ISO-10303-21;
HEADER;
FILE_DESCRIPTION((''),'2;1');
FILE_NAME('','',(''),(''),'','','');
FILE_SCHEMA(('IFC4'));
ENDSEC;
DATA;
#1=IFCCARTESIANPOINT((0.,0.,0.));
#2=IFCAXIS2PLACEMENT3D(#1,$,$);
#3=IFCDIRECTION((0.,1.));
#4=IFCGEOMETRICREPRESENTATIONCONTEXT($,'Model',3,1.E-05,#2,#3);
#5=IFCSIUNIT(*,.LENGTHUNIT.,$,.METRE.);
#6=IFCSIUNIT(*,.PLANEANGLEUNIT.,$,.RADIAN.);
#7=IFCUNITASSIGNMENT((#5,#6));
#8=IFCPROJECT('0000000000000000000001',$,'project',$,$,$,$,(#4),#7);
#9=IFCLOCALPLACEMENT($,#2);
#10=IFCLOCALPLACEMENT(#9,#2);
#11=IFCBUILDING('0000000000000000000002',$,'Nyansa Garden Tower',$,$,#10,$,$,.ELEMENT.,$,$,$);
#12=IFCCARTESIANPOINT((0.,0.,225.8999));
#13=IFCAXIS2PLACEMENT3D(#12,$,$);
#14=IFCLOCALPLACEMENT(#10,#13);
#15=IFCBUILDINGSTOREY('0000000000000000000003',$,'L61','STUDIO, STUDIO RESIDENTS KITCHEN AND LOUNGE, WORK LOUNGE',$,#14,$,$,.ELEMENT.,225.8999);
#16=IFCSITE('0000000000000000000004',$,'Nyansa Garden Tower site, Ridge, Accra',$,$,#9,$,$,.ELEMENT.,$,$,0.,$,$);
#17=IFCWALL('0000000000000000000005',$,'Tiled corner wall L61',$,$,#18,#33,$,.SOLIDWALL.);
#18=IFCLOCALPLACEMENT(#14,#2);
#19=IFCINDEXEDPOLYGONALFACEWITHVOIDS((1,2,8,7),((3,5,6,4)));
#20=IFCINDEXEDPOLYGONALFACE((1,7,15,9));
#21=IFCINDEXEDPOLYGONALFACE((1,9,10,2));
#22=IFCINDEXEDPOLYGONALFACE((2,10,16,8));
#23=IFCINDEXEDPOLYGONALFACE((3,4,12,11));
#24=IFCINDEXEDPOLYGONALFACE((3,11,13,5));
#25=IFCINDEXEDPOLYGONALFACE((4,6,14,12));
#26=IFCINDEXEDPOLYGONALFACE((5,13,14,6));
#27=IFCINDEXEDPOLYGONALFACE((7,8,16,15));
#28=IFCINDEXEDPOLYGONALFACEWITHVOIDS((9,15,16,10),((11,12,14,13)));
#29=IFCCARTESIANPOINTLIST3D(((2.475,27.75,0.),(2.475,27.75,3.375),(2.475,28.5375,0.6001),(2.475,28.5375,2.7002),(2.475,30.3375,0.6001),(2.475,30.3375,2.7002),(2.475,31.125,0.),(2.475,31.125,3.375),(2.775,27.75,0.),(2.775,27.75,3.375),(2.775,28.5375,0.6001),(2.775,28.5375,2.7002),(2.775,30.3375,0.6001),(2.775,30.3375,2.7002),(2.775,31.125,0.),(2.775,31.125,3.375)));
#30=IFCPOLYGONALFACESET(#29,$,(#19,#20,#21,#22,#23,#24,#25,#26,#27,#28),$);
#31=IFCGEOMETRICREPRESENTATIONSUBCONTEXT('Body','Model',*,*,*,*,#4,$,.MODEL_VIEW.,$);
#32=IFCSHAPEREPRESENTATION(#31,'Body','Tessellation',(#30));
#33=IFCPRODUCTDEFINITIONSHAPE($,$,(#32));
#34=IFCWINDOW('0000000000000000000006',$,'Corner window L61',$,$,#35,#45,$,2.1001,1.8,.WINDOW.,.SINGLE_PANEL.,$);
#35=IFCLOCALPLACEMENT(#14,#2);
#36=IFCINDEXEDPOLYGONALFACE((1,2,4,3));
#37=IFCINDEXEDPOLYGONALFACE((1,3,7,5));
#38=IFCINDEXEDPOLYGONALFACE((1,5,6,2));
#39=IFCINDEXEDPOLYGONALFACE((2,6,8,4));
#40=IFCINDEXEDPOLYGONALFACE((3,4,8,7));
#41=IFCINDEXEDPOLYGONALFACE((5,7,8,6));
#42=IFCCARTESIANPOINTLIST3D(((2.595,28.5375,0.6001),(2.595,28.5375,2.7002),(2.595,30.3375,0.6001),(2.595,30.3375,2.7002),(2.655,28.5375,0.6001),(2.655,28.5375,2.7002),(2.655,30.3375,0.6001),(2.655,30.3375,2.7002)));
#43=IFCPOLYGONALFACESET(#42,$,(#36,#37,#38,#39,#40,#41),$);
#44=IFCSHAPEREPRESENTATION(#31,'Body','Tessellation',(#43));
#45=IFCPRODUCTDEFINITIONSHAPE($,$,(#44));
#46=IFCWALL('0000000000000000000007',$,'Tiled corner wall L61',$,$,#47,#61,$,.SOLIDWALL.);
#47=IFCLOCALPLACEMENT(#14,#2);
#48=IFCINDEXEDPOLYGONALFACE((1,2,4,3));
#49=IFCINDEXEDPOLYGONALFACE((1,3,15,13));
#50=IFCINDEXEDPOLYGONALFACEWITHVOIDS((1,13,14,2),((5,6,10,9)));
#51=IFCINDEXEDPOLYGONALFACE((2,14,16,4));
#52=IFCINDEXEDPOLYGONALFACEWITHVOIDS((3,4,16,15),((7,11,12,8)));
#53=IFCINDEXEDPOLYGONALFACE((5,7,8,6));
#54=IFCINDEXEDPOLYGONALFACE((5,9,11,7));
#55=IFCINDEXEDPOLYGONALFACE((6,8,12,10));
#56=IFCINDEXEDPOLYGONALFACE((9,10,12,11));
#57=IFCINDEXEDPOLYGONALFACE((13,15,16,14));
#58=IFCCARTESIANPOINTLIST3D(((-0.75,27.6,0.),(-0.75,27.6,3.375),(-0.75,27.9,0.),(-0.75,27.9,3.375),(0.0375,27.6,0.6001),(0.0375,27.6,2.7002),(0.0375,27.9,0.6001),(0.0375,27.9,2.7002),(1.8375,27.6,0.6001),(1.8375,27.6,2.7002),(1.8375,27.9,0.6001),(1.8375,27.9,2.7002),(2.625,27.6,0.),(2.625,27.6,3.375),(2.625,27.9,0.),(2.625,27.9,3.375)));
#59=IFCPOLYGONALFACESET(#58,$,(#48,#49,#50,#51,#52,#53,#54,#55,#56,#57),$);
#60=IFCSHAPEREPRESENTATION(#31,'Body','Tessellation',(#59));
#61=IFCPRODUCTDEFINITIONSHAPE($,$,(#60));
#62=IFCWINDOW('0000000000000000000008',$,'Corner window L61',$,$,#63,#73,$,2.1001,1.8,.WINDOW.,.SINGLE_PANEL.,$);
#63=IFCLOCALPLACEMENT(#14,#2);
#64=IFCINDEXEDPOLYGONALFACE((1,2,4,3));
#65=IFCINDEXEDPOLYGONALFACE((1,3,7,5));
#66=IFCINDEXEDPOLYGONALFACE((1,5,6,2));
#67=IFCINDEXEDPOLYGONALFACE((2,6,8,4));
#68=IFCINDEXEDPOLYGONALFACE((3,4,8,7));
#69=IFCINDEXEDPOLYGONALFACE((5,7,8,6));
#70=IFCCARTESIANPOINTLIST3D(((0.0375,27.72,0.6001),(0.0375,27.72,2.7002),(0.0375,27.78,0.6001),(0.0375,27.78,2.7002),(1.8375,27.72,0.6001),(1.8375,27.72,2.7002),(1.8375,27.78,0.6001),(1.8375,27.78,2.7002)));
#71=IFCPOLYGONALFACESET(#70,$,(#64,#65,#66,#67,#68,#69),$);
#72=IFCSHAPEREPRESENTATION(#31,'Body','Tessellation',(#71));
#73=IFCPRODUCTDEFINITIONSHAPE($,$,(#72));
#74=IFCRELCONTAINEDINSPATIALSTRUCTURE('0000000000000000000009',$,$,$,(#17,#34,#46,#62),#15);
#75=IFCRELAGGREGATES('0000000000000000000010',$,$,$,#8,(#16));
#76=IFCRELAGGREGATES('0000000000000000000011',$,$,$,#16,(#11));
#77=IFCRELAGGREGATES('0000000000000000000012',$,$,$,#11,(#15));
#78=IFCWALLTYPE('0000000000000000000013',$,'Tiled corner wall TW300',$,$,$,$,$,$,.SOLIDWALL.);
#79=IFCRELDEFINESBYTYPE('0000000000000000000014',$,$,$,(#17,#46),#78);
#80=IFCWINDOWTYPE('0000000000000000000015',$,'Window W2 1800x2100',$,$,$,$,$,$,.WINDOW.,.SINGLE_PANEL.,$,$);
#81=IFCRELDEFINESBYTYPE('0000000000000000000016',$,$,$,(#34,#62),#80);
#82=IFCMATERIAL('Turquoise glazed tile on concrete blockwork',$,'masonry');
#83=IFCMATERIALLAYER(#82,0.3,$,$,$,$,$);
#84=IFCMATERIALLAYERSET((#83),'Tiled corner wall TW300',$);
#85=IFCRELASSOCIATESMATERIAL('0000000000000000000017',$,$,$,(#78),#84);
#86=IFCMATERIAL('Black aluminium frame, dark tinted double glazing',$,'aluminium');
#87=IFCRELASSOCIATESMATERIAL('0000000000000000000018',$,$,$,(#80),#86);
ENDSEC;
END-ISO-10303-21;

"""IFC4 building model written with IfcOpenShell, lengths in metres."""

from ifc_helpers import new_model, si_unit, direction, frame, frame_2d, origin, place, context, subcontext, project, spatial, rectangle, extrude, material, layer, layer_set, type_object, element, fill, save


model = new_model("IFC4")

# Units and contexts
model_context = context("Model", 3, precision=1e-05, world=origin(), true_north=direction((0.0, 1.0)))
body_context = subcontext(model_context, "Body", "Model", "MODEL_VIEW")
ifc_project = project(units=[si_unit("LENGTHUNIT", "METRE"), si_unit("PLANEANGLEUNIT", "RADIAN")], contexts=[model_context])

# Site, building, storey
site_placement = place(None, origin())
site = spatial("IfcSite", under=ifc_project, at=site_placement, Name="Nyansa Garden Tower site, Ridge, Accra", CompositionType="ELEMENT", RefElevation=0.0)
building_placement = place(site_placement, origin())
building = spatial("IfcBuilding", under=site, at=building_placement, Name="Nyansa Garden Tower", CompositionType="ELEMENT")
storey_placement = place(building_placement, frame((0.0, 0.0, 225.8999)))
storey = spatial("IfcBuildingStorey", under=building, at=storey_placement, Name="L61", Description="STUDIO, STUDIO RESIDENTS KITCHEN AND LOUNGE, WORK LOUNGE", CompositionType="ELEMENT", Elevation=225.8999)

# Walls, openings, windows
ifc_material_1 = material(Name="Turquoise glazed tile on concrete blockwork", Category="masonry")
ifc_layer_1 = layer(ifc_material_1, 0.3)
ifc_layer_set_1 = layer_set([ifc_layer_1], Name="Tiled corner wall TW300")
wall_type_1 = type_object("IfcWallType", Name="Tiled corner wall TW300", PredefinedType="SOLIDWALL", material=ifc_layer_set_1)
ifc_material_2 = material(Name="Black aluminium frame, dark tinted double glazing", Category="aluminium")
window_type = type_object("IfcWindowType", Name="Window W2 1800x2100", PartitioningType="SINGLE_PANEL", PredefinedType="WINDOW", material=ifc_material_2)
wall_1_placement = place(storey_placement, frame((2.625, 31.125, 0.0), z_axis=(0.0, 0.0, 1.0), x_axis=(0.0, -1.0, 0.0)))
wall_1 = element("IfcWall", 1, at=wall_1_placement, inside=storey, type_object=wall_type_1, Name="Tiled corner wall L61", PredefinedType="SOLIDWALL", context=body_context, shape_type="SweptSolid", body=[
    extrude(rectangle(XDim=3.375, YDim=0.3, at=frame_2d((1.6875, 0.0))), origin(), (0.0, 0.0, 1.0), 3.375),
])
opening_1_placement = place(wall_1_placement, frame((0.7876, 0.0, 0.6001)))
opening_1 = element("IfcOpeningElement", 2, at=opening_1_placement, cuts=wall_1, PredefinedType="OPENING", context=body_context, shape_type="SweptSolid", body=[
    extrude(rectangle(XDim=1.8, YDim=2.1001, at=frame_2d((0.8999, 1.05))), frame((0.0, 0.1599, 0.0), z_axis=(0.0, -1.0, 0.0), x_axis=(1.0, 0.0, 0.0)), (0.0, 0.0, 1.0), 0.3201),
])
window_1_placement = place(opening_1_placement, origin())
window_1 = element("IfcWindow", 3, at=window_1_placement, inside=storey, type_object=window_type, Name="Corner window L61", OverallHeight=2.1001, OverallWidth=1.8, PartitioningType="SINGLE_PANEL", PredefinedType="WINDOW", context=body_context, shape_type="SweptSolid", body=[
    extrude(rectangle(XDim=1.8, YDim=2.1001, at=frame_2d((0.8999, 1.05))), frame((0.0, 0.03, 0.0), z_axis=(0.0, -1.0, 0.0), x_axis=(1.0, 0.0, 0.0)), (0.0, 0.0, 1.0), 0.0601),
])
fill(opening_1, window_1)
wall_2_placement = place(storey_placement, frame((2.625, 27.75, 0.0), z_axis=(0.0, 0.0, 1.0), x_axis=(-1.0, 0.0, 0.0)))
wall_2 = element("IfcWall", 4, at=wall_2_placement, inside=storey, type_object=wall_type_1, Name="Tiled corner wall L61", PredefinedType="SOLIDWALL", context=body_context, shape_type="SweptSolid", body=[
    extrude(rectangle(XDim=3.375, YDim=0.3, at=frame_2d((1.6875, 0.0))), origin(), (0.0, 0.0, 1.0), 3.375),
])
opening_2_placement = place(wall_2_placement, frame((0.7876, 0.0, 0.6001)))
opening_2 = element("IfcOpeningElement", 5, at=opening_2_placement, cuts=wall_2, PredefinedType="OPENING", context=body_context, shape_type="SweptSolid", body=[
    extrude(rectangle(XDim=1.8, YDim=2.1001, at=frame_2d((0.8999, 1.05))), frame((0.0, 0.1599, 0.0), z_axis=(0.0, -1.0, 0.0), x_axis=(1.0, 0.0, 0.0)), (0.0, 0.0, 1.0), 0.3201),
])
window_2_placement = place(opening_2_placement, origin())
window_2 = element("IfcWindow", 6, at=window_2_placement, inside=storey, type_object=window_type, Name="Corner window L61", OverallHeight=2.1001, OverallWidth=1.8, PartitioningType="SINGLE_PANEL", PredefinedType="WINDOW", context=body_context, shape_type="SweptSolid", body=[
    extrude(rectangle(XDim=1.8, YDim=2.1001, at=frame_2d((0.8999, 1.05))), frame((0.0, 0.03, 0.0), z_axis=(0.0, -1.0, 0.0), x_axis=(1.0, 0.0, 0.0)), (0.0, 0.0, 1.0), 0.0601),
])
fill(opening_2, window_2)

save(model, "model.ifc")
